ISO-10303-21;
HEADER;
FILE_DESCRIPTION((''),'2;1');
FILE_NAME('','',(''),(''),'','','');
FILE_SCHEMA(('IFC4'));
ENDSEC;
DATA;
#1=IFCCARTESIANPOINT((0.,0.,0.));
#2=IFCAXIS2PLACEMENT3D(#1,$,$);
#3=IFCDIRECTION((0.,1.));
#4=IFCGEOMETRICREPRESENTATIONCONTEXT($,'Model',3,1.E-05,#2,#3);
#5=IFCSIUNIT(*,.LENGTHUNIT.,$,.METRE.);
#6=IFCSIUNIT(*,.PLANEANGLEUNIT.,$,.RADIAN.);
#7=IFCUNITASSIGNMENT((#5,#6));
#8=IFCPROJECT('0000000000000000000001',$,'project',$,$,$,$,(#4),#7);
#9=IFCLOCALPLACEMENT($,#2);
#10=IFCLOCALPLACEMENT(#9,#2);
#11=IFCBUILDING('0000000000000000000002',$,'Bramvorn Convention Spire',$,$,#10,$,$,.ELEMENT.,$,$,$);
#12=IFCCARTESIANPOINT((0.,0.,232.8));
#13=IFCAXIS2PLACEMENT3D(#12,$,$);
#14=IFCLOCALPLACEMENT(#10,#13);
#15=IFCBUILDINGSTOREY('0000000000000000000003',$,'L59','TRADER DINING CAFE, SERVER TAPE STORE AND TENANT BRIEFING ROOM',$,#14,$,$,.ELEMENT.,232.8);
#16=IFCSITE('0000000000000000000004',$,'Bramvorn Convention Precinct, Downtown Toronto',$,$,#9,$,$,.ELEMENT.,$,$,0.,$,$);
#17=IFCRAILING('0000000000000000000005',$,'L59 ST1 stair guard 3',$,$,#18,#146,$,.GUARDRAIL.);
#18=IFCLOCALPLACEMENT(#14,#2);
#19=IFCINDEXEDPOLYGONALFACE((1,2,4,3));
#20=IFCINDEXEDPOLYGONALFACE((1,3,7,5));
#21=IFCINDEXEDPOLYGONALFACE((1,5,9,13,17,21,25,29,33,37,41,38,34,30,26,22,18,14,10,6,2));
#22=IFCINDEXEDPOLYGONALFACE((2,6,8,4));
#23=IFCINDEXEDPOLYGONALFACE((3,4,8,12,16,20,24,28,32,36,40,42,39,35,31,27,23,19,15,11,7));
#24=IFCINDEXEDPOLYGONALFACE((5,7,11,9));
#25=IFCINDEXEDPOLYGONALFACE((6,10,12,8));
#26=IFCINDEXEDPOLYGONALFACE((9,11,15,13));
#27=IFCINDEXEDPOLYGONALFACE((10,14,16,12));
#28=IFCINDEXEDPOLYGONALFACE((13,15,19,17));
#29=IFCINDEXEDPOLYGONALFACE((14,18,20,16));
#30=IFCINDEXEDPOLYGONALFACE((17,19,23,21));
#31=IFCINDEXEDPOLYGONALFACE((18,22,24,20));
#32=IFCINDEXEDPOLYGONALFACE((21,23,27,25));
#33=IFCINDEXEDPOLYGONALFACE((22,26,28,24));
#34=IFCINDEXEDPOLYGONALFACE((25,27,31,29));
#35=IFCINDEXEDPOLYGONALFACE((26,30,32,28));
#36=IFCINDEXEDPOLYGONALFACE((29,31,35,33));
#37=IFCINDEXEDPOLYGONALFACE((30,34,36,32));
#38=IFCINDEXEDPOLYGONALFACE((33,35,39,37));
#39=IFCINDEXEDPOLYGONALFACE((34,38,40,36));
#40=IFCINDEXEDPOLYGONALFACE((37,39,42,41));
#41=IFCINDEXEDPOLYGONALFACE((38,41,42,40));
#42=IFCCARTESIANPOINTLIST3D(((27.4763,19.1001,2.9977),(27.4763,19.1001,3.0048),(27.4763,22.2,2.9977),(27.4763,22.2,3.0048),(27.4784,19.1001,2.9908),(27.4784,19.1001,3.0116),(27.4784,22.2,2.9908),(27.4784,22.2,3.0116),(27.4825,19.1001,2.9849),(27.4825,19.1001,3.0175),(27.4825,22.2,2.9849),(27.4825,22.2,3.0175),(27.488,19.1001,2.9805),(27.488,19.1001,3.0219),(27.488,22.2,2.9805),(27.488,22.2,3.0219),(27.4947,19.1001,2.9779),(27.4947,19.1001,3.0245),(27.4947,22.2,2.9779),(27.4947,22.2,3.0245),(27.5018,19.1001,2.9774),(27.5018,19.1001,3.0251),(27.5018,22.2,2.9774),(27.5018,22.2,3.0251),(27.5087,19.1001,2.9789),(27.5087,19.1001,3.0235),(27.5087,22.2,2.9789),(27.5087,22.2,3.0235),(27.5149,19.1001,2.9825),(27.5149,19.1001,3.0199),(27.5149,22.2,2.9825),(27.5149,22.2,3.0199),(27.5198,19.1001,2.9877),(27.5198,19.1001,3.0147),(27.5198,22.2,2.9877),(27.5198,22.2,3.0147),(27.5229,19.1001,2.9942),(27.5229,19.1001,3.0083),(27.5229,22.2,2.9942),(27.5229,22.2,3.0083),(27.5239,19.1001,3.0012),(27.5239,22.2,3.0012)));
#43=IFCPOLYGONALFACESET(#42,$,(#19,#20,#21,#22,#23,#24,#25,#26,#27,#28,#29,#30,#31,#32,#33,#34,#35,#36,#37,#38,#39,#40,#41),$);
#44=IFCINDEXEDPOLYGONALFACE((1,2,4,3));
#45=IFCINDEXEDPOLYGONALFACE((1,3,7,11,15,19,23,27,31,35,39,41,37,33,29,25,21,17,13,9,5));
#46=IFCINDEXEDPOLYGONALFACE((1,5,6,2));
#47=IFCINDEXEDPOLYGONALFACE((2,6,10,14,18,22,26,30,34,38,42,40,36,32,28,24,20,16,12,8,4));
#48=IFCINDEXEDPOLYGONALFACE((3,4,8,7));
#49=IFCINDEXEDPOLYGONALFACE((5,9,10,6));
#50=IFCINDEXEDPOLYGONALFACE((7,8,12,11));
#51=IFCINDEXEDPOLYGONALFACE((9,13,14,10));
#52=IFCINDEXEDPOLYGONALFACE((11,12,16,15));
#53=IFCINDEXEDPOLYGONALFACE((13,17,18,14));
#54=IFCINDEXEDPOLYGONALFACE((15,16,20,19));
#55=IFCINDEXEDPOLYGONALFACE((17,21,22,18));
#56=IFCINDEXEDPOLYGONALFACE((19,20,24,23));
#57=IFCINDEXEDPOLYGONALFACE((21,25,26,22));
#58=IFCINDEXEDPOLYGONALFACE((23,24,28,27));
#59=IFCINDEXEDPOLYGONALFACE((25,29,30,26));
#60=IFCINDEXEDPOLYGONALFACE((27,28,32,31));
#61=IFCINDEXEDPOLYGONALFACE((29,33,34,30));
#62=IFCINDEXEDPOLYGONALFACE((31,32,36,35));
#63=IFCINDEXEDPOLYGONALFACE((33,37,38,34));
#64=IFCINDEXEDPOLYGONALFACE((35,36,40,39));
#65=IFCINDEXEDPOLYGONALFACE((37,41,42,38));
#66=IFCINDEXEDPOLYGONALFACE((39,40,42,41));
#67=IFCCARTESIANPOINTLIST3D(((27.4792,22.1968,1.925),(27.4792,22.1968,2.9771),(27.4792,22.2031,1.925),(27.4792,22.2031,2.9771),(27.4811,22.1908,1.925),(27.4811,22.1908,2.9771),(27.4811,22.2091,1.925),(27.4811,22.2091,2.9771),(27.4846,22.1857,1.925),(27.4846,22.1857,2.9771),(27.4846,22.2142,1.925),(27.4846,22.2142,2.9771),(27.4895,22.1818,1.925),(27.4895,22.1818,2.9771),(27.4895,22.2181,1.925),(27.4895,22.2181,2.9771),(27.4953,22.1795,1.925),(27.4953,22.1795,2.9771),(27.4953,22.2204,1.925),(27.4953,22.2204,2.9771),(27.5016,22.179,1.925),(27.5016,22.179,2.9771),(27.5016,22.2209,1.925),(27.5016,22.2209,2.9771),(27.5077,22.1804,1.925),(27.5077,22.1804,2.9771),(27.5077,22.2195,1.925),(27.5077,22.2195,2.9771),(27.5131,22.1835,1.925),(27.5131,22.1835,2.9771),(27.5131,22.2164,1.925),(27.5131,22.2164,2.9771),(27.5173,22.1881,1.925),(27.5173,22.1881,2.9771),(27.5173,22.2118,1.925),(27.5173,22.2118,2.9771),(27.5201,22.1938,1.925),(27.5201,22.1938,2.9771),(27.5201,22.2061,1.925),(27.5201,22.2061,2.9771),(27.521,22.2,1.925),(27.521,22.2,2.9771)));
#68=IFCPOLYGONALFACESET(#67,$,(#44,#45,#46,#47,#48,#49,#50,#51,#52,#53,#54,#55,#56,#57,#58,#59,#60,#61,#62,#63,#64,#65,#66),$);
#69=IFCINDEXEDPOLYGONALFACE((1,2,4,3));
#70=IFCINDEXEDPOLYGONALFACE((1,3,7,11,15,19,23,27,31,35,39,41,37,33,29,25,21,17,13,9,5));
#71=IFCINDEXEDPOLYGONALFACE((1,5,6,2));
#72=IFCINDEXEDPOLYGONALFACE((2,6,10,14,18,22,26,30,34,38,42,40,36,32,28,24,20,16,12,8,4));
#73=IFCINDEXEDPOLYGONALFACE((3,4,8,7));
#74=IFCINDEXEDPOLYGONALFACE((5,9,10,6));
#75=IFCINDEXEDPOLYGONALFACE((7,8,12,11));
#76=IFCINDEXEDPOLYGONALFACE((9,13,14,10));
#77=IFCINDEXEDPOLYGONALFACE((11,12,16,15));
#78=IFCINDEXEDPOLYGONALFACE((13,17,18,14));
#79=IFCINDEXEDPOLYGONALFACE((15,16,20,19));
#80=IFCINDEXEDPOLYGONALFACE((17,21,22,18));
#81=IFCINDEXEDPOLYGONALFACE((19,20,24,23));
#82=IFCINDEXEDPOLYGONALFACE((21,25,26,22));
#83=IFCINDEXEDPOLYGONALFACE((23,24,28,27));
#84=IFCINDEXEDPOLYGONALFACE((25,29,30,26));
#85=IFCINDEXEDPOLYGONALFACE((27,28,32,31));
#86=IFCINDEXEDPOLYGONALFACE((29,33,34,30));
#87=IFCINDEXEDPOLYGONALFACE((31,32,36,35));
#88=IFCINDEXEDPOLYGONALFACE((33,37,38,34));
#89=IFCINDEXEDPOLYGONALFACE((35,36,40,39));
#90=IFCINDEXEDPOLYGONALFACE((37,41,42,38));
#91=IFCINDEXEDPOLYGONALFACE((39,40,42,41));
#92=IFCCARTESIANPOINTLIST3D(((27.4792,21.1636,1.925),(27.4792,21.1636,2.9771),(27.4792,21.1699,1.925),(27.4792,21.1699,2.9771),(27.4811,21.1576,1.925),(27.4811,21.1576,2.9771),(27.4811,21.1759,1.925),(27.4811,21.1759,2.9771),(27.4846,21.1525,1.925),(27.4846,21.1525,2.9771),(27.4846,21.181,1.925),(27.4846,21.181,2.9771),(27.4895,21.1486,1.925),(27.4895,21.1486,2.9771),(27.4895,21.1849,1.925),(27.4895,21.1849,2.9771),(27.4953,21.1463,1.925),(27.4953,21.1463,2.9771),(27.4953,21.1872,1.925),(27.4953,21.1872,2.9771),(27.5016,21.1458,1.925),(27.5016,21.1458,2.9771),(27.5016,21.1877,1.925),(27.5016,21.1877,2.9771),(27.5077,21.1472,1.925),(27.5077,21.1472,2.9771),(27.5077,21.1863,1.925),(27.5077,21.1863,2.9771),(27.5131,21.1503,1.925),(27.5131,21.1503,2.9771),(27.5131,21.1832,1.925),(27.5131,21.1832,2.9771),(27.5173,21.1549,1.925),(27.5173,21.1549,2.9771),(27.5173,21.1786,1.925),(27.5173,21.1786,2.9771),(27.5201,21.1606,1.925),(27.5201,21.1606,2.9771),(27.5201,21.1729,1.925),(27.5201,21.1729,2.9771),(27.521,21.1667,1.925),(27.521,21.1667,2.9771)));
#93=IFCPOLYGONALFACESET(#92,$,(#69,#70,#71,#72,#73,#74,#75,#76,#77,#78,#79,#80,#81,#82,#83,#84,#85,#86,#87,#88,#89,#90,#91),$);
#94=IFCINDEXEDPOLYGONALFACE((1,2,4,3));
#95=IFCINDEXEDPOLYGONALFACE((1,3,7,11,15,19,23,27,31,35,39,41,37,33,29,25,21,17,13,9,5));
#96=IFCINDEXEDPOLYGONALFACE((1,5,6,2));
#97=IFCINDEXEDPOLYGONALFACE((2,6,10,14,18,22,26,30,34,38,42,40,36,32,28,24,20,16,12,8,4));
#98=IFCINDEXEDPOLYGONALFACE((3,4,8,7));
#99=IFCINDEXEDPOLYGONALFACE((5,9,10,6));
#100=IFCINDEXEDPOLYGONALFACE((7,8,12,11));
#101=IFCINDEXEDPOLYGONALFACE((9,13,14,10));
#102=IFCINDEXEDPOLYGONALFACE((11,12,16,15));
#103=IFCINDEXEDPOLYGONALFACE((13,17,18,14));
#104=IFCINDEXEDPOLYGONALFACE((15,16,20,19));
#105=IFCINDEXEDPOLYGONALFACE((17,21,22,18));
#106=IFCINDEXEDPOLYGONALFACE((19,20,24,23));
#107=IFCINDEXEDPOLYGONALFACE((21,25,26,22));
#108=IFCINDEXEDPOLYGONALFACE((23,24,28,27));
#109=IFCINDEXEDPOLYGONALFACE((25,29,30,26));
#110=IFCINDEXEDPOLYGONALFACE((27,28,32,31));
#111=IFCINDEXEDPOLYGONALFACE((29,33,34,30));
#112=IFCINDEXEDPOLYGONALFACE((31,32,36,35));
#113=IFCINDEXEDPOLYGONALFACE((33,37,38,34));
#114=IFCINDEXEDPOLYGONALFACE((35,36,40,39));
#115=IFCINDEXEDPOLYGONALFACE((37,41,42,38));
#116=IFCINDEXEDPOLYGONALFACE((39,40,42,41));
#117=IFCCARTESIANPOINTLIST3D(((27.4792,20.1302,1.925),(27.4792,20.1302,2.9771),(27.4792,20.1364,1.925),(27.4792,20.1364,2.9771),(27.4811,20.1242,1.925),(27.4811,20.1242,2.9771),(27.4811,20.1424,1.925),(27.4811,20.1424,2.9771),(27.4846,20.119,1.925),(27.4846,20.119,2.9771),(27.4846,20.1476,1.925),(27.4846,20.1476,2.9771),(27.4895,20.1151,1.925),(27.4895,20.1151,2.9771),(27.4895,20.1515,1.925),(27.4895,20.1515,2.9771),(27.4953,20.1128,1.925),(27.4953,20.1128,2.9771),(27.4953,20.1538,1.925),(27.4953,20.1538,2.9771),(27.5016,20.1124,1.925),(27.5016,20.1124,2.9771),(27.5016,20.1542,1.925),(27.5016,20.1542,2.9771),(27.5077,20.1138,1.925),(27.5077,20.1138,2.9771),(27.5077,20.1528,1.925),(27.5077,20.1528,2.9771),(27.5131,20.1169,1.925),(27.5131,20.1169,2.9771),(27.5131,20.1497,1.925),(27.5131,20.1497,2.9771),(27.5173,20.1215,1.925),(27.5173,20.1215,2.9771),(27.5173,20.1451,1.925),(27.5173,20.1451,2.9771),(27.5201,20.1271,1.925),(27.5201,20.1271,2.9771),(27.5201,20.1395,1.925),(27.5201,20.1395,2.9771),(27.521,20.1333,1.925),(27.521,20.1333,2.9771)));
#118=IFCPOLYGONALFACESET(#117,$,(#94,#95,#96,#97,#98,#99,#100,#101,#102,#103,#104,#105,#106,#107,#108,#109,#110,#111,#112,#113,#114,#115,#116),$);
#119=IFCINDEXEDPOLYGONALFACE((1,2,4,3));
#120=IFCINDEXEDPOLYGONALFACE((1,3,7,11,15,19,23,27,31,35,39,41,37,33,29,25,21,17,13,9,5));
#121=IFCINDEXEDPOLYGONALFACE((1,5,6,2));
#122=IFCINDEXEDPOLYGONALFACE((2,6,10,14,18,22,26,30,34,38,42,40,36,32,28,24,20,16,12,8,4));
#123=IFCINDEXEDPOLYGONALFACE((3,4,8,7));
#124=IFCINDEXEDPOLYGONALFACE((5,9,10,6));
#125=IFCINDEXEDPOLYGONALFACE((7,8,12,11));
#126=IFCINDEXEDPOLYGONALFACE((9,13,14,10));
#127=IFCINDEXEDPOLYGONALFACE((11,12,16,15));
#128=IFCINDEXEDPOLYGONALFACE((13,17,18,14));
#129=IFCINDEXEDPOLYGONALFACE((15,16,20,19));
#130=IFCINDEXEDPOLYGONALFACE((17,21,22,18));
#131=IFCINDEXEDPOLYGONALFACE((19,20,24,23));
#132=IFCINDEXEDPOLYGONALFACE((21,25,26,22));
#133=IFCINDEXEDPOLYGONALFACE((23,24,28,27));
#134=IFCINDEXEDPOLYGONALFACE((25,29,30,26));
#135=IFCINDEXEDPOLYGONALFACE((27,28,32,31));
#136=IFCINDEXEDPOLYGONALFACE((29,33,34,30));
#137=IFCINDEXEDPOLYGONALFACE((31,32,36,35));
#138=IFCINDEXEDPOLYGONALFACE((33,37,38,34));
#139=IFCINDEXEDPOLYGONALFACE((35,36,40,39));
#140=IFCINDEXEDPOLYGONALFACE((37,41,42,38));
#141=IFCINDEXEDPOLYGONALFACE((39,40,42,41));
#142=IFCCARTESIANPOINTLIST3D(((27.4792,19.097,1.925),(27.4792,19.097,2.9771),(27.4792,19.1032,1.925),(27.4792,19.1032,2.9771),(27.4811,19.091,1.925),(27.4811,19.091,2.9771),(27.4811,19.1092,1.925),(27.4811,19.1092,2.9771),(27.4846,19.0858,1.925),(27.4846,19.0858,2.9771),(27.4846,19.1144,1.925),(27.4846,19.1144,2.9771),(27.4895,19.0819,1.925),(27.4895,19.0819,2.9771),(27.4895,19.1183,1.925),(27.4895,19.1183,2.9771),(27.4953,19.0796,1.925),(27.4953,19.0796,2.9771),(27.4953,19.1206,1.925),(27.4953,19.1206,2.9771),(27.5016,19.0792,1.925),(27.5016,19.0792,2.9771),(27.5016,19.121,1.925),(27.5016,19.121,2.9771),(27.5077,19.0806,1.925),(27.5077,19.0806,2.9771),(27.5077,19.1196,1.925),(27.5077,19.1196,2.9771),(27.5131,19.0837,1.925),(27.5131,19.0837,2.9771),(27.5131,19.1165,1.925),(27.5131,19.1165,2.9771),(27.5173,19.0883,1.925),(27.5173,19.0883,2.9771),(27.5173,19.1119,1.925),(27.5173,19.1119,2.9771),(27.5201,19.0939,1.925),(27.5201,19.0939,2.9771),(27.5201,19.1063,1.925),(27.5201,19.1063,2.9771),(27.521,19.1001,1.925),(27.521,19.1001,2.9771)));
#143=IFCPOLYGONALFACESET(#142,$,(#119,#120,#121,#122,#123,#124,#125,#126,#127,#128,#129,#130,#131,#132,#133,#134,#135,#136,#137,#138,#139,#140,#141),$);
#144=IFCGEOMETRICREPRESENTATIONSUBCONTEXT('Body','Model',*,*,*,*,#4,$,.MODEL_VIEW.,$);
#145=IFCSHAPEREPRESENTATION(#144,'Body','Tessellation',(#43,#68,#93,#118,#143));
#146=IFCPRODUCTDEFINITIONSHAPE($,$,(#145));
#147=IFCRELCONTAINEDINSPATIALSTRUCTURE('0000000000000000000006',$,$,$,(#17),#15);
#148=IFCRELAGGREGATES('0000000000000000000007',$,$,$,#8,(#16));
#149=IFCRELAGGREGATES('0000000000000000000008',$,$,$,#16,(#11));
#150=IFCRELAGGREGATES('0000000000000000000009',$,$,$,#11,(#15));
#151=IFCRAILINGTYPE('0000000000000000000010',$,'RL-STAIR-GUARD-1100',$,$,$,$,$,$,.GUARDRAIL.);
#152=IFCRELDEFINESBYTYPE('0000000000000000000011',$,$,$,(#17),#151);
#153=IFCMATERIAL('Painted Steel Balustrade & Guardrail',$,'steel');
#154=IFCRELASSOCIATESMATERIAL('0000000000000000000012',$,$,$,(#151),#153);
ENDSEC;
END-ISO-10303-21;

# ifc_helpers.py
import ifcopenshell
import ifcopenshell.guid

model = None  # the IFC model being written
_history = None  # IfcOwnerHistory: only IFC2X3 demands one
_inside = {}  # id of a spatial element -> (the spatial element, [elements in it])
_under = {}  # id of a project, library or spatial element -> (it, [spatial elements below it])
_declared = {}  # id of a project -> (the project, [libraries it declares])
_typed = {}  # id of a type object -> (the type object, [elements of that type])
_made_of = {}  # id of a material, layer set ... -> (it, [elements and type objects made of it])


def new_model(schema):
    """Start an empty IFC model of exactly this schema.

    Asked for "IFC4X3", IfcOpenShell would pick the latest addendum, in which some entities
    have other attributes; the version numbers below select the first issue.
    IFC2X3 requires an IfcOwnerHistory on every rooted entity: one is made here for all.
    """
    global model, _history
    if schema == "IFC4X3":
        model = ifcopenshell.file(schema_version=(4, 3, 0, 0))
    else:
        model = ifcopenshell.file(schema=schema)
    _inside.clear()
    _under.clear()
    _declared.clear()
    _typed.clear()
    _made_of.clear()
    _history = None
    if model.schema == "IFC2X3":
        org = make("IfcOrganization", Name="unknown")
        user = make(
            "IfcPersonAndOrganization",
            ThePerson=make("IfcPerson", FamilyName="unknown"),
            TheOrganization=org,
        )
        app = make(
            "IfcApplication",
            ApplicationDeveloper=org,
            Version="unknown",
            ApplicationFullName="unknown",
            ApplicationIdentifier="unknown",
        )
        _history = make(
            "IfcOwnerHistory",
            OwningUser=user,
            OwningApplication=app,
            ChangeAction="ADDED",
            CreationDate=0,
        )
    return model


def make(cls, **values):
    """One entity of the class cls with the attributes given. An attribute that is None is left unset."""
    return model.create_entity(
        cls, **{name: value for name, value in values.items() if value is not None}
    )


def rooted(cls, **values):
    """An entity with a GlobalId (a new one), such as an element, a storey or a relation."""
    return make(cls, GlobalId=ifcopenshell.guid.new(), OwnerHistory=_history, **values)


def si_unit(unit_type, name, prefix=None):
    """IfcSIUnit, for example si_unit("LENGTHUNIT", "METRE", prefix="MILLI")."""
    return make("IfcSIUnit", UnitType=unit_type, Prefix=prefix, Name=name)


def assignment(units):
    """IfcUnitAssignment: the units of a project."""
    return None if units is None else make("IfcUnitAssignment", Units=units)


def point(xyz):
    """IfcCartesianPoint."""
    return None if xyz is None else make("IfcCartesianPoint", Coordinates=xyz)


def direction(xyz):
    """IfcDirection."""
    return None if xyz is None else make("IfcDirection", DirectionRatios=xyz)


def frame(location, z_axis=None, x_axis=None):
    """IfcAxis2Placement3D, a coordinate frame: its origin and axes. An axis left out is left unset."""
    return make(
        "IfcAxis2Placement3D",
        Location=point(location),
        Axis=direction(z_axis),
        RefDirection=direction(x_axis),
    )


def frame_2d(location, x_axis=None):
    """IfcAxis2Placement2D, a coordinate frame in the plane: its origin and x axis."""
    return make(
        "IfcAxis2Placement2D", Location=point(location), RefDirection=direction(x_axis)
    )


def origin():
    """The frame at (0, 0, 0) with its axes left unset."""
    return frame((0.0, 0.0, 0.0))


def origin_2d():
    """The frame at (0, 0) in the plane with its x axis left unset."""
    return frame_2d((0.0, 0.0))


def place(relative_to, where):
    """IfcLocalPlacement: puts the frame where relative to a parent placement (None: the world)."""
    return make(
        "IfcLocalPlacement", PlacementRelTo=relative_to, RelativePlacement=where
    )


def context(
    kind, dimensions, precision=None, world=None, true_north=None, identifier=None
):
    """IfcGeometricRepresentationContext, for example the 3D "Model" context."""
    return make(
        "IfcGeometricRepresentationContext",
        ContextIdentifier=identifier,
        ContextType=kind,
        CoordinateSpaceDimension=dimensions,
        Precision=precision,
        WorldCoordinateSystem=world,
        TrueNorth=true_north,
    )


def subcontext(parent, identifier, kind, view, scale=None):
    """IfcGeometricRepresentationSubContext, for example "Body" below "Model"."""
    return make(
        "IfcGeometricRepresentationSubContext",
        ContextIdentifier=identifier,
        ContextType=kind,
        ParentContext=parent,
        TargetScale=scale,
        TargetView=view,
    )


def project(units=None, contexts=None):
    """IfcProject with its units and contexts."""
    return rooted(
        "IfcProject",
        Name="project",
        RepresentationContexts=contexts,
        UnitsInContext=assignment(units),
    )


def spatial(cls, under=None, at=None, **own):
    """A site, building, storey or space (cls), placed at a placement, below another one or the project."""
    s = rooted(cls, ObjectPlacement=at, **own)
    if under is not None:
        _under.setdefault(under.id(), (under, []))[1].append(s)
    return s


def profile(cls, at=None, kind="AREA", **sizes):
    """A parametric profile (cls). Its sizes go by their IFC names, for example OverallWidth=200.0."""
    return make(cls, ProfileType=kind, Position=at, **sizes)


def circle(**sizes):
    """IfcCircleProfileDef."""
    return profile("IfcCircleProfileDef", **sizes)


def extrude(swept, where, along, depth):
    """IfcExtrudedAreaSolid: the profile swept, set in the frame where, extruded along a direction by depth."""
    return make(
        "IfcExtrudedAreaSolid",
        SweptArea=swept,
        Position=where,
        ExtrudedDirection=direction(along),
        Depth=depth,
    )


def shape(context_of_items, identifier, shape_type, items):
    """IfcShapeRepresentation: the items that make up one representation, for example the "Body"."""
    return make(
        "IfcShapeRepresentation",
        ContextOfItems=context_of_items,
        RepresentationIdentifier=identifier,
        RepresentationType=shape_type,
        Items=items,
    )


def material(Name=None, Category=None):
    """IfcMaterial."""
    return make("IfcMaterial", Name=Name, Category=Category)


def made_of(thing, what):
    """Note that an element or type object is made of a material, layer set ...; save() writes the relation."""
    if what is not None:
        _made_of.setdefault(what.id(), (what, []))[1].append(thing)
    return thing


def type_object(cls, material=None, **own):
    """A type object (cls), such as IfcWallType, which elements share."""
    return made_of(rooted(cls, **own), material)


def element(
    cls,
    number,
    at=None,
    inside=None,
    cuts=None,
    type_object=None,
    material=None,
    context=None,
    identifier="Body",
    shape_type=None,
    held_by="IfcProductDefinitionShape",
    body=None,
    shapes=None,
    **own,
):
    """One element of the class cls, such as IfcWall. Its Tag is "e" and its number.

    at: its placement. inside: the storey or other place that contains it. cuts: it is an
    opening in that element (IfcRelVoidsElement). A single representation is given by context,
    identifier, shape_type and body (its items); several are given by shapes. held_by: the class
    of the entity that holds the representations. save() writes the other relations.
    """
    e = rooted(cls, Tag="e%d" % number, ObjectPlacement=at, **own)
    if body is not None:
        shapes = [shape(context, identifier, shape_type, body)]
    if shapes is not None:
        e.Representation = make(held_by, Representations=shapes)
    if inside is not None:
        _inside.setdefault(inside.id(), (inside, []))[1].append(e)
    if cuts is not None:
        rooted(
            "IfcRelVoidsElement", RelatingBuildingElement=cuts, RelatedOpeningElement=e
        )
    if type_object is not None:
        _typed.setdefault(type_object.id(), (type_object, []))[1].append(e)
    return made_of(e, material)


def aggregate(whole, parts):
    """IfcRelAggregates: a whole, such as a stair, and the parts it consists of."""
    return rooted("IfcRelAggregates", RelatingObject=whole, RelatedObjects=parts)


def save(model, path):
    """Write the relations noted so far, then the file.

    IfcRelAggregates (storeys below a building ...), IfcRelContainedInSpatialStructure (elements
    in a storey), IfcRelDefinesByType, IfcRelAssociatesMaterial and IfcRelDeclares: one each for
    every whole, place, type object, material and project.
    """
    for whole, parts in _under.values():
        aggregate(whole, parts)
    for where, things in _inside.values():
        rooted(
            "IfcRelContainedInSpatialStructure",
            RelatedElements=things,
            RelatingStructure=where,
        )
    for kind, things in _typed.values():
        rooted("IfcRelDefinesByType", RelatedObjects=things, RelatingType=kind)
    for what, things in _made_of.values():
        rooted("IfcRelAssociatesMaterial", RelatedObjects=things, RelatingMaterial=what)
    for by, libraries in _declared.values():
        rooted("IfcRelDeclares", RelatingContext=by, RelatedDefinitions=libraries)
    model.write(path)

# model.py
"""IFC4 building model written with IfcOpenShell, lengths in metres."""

from ifc_helpers import new_model, si_unit, direction, frame, origin, origin_2d, place, context, subcontext, project, spatial, circle, extrude, material, type_object, element, save


model = new_model("IFC4")

# Units and contexts
model_context = context("Model", 3, precision=1e-05, world=origin(), true_north=direction((0.0, 1.0)))
body_context = subcontext(model_context, "Body", "Model", "MODEL_VIEW")
ifc_project = project(units=[si_unit("LENGTHUNIT", "METRE"), si_unit("PLANEANGLEUNIT", "RADIAN")], contexts=[model_context])

# Site, building, storey
site_placement = place(None, origin())
site = spatial("IfcSite", under=ifc_project, at=site_placement, Name="Bramvorn Convention Precinct, Downtown Toronto", CompositionType="ELEMENT", RefElevation=0.0)
building_placement = place(site_placement, origin())
building = spatial("IfcBuilding", under=site, at=building_placement, Name="Bramvorn Convention Spire", CompositionType="ELEMENT")
storey_placement = place(building_placement, frame((0.0, 0.0, 232.8)))
storey = spatial("IfcBuildingStorey", under=building, at=storey_placement, Name="L59", Description="TRADER DINING CAFE, SERVER TAPE STORE AND TENANT BRIEFING ROOM", CompositionType="ELEMENT", Elevation=232.8)

# Railing
ifc_material_1 = material(Name="Painted Steel Balustrade & Guardrail", Category="steel")
railing_type_1 = type_object("IfcRailingType", Name="RL-STAIR-GUARD-1100", PredefinedType="GUARDRAIL", material=ifc_material_1)
for number, where, name in (
    (1, (27.5, 22.2, 1.925), "L59 ST1 stair guard 3"),
):
    element("IfcRailing", number, at=place(storey_placement, frame(where)), inside=storey, type_object=railing_type_1, Name=name, PredefinedType="GUARDRAIL", context=body_context, shape_type="SweptSolid", body=[
        extrude(circle(Radius=0.0239, at=origin_2d()), frame((0.0, 0.0, 1.0762), z_axis=(0.0, -1.0, 0.0), x_axis=(1.0, 0.0, 0.0)), (0.0, 0.0, 1.0), 3.0999),
        extrude(circle(Radius=0.021, at=origin_2d()), origin(), (0.0, 0.0, 1.0), 1.052),
        extrude(circle(Radius=0.021, at=origin_2d()), frame((0.0, -1.0332, 0.0)), (0.0, 0.0, 1.0), 1.052),
        extrude(circle(Radius=0.021, at=origin_2d()), frame((0.0, -2.0667, 0.0)), (0.0, 0.0, 1.0), 1.052),
        extrude(circle(Radius=0.021, at=origin_2d()), frame((0.0, -3.0999, 0.0)), (0.0, 0.0, 1.0), 1.052),
    ])

save(model, "model.ifc")
